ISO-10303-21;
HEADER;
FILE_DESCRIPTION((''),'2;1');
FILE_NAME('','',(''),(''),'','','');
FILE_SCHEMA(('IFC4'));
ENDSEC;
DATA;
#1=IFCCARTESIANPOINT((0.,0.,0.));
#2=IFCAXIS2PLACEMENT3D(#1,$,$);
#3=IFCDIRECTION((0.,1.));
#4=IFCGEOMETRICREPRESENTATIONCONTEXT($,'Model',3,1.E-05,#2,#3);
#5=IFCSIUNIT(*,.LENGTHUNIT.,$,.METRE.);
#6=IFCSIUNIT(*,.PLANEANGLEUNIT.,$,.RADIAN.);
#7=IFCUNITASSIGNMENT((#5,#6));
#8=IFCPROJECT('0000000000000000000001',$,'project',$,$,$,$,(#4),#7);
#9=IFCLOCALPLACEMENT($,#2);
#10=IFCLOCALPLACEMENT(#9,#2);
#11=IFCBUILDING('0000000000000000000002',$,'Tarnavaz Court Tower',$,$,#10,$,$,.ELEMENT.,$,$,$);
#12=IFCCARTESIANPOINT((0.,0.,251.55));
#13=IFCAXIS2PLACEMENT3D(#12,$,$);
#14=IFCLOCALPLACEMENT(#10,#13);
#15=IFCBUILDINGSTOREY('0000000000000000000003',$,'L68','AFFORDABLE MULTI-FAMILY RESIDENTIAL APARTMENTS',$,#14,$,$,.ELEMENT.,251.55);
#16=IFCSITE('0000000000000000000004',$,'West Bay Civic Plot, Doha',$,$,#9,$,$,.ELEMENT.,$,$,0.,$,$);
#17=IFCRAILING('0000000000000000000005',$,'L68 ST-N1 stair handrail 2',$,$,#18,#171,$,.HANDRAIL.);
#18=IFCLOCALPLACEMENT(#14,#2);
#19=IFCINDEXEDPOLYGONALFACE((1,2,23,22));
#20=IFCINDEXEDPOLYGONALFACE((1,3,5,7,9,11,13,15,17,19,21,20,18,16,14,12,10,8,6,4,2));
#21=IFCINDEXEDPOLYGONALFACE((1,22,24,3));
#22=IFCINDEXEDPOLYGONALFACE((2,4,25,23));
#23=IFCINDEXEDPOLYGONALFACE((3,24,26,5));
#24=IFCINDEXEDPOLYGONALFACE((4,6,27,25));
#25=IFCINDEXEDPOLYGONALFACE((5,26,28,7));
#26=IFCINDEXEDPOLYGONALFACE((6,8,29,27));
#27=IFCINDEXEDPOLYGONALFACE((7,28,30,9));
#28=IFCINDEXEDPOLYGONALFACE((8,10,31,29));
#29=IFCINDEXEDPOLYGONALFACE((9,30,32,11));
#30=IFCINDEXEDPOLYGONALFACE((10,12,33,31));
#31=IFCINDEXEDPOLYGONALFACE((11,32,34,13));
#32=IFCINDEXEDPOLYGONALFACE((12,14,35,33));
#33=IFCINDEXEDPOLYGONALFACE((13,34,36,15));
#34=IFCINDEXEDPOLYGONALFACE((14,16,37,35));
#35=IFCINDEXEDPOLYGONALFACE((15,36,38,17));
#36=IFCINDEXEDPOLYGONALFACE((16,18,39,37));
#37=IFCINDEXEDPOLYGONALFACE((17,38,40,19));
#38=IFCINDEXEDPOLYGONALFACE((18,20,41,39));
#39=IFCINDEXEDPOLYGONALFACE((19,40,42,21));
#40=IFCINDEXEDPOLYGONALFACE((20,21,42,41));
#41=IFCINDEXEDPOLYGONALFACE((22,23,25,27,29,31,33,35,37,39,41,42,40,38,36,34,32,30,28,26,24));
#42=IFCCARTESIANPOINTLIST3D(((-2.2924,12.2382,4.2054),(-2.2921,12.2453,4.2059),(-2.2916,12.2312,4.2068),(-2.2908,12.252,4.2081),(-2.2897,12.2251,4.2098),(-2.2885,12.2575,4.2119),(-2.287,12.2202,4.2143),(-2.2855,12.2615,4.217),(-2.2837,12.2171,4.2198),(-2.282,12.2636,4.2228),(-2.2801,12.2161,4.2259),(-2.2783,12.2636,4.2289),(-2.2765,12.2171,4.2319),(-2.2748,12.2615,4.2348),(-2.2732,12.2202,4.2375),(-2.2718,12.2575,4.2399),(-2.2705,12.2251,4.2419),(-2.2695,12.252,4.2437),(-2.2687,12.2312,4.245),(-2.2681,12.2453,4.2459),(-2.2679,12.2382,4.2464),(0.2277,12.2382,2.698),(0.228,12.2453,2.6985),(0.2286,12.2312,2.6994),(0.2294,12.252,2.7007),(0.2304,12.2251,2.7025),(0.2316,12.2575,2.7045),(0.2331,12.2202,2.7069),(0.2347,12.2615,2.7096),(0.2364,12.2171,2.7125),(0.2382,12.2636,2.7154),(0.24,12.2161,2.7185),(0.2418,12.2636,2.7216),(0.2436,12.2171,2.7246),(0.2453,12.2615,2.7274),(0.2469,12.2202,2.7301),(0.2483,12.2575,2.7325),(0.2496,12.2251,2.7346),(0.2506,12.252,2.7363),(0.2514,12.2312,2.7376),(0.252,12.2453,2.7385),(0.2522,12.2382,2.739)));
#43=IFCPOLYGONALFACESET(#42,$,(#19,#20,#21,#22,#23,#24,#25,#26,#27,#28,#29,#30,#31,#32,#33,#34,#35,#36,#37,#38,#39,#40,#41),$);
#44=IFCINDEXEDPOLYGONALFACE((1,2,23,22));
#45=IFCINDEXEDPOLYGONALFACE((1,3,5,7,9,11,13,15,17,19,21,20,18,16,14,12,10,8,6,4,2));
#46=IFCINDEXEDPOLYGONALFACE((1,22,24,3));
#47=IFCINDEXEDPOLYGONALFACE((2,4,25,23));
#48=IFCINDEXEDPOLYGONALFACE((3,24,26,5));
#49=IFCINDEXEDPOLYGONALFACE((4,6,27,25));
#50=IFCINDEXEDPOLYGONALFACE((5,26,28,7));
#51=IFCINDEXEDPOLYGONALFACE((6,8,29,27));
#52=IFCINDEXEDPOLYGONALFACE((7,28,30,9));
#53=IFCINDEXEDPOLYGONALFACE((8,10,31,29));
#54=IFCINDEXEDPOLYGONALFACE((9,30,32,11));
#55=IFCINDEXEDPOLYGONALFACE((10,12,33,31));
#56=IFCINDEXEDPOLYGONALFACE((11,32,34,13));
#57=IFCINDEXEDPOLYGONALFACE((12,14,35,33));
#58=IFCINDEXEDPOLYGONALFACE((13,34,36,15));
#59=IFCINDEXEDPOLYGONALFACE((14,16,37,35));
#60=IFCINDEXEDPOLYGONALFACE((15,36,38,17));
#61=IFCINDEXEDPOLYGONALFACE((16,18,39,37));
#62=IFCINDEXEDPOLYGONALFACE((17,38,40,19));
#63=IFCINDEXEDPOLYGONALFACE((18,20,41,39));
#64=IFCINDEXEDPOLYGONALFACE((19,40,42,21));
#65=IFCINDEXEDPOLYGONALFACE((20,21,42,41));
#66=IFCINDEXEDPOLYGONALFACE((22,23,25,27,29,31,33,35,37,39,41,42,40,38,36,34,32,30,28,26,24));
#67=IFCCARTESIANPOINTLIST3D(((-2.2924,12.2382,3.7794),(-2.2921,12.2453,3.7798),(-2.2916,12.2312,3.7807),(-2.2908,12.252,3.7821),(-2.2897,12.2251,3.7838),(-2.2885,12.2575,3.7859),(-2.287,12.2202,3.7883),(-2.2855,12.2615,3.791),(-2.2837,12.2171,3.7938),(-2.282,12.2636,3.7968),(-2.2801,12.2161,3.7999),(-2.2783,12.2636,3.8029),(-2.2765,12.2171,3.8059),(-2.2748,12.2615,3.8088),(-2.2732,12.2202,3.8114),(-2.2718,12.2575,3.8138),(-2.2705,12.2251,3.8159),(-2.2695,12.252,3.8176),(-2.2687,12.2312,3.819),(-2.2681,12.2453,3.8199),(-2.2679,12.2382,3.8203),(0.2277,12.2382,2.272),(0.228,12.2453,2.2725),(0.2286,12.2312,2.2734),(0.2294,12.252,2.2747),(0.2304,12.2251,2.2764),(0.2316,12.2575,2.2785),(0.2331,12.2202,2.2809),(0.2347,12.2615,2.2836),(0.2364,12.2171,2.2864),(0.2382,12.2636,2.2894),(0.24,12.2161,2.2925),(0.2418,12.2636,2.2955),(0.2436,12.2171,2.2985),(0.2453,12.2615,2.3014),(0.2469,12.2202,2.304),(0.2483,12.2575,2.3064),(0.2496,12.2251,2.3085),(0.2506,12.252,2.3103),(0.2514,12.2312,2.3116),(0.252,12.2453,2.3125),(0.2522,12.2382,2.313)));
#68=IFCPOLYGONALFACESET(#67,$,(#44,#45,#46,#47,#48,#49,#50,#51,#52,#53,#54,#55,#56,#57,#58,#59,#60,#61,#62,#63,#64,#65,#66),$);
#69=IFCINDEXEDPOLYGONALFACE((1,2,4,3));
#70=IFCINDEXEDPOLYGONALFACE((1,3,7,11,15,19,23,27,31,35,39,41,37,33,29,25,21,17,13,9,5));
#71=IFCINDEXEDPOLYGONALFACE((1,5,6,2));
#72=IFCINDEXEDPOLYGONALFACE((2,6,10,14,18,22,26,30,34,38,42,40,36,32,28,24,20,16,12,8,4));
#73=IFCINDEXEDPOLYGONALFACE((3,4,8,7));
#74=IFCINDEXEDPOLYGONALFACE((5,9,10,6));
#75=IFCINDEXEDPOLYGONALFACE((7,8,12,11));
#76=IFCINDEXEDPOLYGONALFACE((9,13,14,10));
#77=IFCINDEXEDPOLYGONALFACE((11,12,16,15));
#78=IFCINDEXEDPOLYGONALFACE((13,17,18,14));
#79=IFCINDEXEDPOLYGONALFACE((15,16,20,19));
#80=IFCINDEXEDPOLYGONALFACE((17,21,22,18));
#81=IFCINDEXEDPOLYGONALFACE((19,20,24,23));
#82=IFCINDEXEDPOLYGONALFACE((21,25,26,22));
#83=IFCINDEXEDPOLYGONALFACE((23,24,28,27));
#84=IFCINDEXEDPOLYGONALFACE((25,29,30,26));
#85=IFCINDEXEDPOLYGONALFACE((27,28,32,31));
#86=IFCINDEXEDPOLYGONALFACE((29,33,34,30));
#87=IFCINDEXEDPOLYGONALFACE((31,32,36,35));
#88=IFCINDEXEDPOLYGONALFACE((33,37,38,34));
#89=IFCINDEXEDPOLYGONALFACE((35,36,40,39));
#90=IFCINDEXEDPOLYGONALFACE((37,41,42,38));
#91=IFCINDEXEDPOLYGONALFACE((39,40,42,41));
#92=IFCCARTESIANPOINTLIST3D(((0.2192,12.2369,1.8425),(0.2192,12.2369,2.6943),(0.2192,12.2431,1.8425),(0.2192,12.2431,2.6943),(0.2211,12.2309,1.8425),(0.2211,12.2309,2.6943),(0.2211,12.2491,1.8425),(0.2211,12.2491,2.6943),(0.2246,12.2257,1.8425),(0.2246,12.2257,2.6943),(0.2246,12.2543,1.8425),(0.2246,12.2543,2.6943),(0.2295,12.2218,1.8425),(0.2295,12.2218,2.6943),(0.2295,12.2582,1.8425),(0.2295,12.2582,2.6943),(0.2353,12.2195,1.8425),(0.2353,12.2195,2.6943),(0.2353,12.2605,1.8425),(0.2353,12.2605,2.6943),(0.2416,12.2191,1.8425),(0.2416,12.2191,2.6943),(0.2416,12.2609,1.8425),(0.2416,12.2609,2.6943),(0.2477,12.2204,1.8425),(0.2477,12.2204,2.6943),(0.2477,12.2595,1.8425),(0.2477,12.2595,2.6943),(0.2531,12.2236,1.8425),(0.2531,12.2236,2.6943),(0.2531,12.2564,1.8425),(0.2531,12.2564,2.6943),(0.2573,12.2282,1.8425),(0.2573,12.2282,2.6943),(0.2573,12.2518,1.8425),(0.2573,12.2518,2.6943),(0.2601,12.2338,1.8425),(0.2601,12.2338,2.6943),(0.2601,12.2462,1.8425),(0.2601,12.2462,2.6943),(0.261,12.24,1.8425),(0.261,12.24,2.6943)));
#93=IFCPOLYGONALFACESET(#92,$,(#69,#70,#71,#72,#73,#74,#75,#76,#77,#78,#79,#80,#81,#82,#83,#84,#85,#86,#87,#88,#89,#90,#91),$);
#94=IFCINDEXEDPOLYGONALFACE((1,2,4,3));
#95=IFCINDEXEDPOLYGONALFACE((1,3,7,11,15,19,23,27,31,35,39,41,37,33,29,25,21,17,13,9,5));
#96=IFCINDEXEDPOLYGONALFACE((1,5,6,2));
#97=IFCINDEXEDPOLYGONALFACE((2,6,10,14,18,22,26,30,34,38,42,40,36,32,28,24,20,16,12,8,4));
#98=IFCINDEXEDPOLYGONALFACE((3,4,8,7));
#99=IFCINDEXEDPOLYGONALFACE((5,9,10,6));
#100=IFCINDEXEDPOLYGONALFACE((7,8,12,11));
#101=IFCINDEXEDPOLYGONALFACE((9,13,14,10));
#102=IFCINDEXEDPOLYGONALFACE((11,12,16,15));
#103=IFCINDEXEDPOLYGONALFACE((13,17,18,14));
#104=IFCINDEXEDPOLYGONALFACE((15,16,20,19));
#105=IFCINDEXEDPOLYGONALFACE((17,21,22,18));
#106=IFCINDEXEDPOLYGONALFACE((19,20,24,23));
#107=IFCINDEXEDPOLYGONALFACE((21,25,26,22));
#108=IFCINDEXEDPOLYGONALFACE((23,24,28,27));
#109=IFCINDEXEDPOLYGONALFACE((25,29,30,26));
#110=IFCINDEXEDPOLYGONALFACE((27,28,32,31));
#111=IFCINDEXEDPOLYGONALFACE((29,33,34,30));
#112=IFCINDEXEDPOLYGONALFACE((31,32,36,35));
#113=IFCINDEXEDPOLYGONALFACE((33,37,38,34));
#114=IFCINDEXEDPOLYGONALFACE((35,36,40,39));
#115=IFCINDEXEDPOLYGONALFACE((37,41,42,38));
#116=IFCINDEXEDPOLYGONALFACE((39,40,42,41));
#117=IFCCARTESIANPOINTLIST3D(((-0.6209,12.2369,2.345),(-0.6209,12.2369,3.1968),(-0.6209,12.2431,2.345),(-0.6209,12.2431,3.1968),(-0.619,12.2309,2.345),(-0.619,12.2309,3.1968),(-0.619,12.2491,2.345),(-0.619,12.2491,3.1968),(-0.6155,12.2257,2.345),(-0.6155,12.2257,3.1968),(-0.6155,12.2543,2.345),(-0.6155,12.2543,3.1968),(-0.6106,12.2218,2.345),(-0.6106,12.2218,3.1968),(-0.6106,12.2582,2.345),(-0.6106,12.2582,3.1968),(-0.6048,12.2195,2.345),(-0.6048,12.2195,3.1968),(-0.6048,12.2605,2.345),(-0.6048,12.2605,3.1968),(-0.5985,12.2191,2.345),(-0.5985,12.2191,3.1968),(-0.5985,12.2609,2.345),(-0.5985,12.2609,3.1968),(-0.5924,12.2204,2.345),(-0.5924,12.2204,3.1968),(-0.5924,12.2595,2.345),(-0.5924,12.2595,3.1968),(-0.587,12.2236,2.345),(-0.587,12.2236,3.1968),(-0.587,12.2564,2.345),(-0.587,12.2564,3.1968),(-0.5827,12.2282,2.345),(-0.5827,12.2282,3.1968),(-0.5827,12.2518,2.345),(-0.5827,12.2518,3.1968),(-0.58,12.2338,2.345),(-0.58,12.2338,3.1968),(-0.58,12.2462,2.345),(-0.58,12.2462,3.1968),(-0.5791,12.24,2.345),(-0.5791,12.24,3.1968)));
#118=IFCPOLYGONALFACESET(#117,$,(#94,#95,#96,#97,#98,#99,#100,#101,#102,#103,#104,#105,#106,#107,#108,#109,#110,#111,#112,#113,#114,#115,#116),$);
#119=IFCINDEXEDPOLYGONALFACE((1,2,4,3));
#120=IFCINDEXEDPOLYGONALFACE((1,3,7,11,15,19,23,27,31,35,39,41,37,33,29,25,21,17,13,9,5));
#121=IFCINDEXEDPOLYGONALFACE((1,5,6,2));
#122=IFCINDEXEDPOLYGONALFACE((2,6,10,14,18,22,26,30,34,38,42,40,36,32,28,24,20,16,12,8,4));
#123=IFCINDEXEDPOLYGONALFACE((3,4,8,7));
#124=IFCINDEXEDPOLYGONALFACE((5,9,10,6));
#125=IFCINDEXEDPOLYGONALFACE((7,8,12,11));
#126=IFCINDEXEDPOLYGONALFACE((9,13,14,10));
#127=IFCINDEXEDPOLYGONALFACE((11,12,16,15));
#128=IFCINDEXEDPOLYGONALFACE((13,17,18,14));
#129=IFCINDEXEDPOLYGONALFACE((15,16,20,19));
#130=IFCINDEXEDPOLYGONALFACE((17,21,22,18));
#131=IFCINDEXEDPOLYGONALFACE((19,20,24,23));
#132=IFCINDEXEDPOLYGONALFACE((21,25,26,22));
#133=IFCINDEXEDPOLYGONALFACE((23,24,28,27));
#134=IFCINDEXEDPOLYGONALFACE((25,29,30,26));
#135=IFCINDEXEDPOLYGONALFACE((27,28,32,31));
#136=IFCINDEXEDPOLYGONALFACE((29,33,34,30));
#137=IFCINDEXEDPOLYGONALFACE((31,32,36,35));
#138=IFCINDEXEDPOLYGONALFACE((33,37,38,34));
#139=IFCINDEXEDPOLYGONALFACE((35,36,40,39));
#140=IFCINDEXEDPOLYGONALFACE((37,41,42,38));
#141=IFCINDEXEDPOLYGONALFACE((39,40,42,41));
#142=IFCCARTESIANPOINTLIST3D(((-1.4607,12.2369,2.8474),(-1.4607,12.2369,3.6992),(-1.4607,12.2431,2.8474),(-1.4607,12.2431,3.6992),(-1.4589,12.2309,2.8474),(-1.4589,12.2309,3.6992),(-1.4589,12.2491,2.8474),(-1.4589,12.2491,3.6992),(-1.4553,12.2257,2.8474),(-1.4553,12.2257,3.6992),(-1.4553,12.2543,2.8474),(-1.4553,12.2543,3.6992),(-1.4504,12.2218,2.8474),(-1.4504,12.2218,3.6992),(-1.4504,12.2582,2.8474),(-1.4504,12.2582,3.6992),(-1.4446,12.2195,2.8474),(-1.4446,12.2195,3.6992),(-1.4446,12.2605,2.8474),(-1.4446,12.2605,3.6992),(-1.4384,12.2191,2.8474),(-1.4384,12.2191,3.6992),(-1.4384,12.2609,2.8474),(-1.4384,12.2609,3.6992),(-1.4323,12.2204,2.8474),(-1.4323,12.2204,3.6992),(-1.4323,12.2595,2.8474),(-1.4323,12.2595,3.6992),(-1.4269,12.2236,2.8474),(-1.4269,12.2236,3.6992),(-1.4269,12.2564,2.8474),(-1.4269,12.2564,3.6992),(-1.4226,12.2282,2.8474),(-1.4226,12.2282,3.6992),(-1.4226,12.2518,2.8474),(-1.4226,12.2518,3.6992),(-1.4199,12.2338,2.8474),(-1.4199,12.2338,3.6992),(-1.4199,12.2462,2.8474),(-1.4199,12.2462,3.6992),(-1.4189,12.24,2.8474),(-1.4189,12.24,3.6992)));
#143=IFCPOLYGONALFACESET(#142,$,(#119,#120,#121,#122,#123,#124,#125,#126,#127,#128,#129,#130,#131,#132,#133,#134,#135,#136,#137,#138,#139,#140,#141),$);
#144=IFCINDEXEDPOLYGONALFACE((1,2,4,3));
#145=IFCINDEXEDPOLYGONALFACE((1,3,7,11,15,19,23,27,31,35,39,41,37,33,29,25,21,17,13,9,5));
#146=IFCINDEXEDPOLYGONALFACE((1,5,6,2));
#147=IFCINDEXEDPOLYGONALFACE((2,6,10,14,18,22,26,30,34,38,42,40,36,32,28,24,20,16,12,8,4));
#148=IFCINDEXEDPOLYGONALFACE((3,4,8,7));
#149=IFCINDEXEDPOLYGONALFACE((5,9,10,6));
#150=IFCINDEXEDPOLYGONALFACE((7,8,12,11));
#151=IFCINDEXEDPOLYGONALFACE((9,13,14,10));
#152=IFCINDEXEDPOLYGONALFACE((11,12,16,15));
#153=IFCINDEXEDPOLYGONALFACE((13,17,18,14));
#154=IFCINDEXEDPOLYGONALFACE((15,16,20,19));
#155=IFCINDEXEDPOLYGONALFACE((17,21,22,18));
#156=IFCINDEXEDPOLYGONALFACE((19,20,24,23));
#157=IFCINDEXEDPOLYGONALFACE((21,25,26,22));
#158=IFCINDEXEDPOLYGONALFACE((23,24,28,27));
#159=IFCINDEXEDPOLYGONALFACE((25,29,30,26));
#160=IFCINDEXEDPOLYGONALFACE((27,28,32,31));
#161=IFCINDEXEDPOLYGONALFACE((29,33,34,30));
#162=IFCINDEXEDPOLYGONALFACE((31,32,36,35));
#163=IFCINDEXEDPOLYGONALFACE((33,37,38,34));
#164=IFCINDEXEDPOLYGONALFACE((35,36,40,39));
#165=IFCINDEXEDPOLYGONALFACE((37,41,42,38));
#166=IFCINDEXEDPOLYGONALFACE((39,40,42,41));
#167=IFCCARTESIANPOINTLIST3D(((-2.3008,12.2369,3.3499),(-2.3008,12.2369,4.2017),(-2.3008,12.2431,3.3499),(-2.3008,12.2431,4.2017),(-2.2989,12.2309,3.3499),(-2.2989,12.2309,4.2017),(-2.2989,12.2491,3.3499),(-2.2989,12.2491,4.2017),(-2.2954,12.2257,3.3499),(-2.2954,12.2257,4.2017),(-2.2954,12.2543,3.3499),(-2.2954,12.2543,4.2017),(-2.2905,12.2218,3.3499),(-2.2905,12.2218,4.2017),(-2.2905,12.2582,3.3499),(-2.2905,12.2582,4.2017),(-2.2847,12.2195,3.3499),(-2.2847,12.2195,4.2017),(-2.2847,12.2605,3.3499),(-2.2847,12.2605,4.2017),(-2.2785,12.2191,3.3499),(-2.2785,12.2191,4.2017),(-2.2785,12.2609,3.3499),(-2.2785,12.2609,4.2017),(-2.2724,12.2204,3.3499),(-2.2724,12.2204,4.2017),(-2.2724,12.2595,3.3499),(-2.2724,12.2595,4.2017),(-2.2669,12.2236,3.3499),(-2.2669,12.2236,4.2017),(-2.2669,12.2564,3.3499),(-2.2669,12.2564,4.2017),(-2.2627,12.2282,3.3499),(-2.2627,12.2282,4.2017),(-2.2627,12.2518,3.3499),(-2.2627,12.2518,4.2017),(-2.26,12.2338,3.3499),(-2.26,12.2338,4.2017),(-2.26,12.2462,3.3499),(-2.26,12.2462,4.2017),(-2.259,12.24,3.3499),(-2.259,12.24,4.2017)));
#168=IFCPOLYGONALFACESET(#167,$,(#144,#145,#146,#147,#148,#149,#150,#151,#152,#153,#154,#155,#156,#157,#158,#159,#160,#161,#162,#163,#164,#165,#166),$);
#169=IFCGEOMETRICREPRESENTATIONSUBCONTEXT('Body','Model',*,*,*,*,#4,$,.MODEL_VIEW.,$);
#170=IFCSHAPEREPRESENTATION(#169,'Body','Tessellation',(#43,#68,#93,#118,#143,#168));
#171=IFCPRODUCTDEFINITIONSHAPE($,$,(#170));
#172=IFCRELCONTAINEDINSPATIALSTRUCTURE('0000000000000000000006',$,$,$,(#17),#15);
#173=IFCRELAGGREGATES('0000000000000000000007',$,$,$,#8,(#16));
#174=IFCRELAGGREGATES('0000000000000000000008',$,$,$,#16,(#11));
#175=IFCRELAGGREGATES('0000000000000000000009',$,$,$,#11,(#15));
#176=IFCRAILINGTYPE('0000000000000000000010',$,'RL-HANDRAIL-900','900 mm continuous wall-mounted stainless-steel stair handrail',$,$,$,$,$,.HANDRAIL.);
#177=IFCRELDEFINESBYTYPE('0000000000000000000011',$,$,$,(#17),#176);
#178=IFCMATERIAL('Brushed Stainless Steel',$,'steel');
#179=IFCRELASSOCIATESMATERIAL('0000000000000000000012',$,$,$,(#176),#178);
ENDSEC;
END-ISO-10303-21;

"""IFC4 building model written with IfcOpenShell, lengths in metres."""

from ifc_helpers import new_model, si_unit, direction, frame, origin, origin_2d, place, context, subcontext, project, spatial, circle, extrude, material, type_object, element, save


model = new_model("IFC4")

# Units and contexts
model_context = context("Model", 3, precision=1e-05, world=origin(), true_north=direction((0.0, 1.0)))
body_context = subcontext(model_context, "Body", "Model", "MODEL_VIEW")
ifc_project = project(units=[si_unit("LENGTHUNIT", "METRE"), si_unit("PLANEANGLEUNIT", "RADIAN")], contexts=[model_context])

# Site, building, storey
site_placement = place(None, origin())
site = spatial("IfcSite", under=ifc_project, at=site_placement, Name="West Bay Civic Plot, Doha", CompositionType="ELEMENT", RefElevation=0.0)
building_placement = place(site_placement, origin())
building = spatial("IfcBuilding", under=site, at=building_placement, Name="Tarnavaz Court Tower", CompositionType="ELEMENT")
storey_placement = place(building_placement, frame((0.0, 0.0, 251.55)))
storey = spatial("IfcBuildingStorey", under=building, at=storey_placement, Name="L68", Description="AFFORDABLE MULTI-FAMILY RESIDENTIAL APARTMENTS", CompositionType="ELEMENT", Elevation=251.55)

# Railing
ifc_material_1 = material(Name="Brushed Stainless Steel", Category="steel")
railing_type_1 = type_object("IfcRailingType", Name="RL-HANDRAIL-900", Description="900 mm continuous wall-mounted stainless-steel stair handrail", PredefinedType="HANDRAIL", material=ifc_material_1)
railing_1_placement = place(storey_placement, frame((0.24, 12.24, 1.8425)))
element("IfcRailing", 1, at=railing_1_placement, inside=storey, type_object=railing_type_1, Name="L68 ST-N1 stair handrail 2", PredefinedType="HANDRAIL", context=body_context, shape_type="SweptSolid", body=[
    extrude(circle(Radius=0.0239, at=origin_2d()), frame((0.0, 0.0, 0.876), z_axis=(-0.858196, 0.0, 0.513321), x_axis=(0.0, -1.0, 0.0)), (0.0, 0.0, 1.0), 2.9365),
    extrude(circle(Radius=0.0239, at=origin_2d()), frame((0.0, 0.0, 0.45), z_axis=(-0.858196, 0.0, 0.513321), x_axis=(0.0, -1.0, 0.0)), (0.0, 0.0, 1.0), 2.9365),
    extrude(circle(Radius=0.021, at=origin_2d()), origin(), (0.0, 0.0, 1.0), 0.8518),
    extrude(circle(Radius=0.021, at=origin_2d()), frame((-0.8401, 0.0, 0.5024)), (0.0, 0.0, 1.0), 0.8518),
    extrude(circle(Radius=0.021, at=origin_2d()), frame((-1.6799, 0.0, 1.0049)), (0.0, 0.0, 1.0), 0.8518),
    extrude(circle(Radius=0.021, at=origin_2d()), frame((-2.52, 0.0, 1.5073)), (0.0, 0.0, 1.0), 0.8518),
])

save(model, "model.ifc")
